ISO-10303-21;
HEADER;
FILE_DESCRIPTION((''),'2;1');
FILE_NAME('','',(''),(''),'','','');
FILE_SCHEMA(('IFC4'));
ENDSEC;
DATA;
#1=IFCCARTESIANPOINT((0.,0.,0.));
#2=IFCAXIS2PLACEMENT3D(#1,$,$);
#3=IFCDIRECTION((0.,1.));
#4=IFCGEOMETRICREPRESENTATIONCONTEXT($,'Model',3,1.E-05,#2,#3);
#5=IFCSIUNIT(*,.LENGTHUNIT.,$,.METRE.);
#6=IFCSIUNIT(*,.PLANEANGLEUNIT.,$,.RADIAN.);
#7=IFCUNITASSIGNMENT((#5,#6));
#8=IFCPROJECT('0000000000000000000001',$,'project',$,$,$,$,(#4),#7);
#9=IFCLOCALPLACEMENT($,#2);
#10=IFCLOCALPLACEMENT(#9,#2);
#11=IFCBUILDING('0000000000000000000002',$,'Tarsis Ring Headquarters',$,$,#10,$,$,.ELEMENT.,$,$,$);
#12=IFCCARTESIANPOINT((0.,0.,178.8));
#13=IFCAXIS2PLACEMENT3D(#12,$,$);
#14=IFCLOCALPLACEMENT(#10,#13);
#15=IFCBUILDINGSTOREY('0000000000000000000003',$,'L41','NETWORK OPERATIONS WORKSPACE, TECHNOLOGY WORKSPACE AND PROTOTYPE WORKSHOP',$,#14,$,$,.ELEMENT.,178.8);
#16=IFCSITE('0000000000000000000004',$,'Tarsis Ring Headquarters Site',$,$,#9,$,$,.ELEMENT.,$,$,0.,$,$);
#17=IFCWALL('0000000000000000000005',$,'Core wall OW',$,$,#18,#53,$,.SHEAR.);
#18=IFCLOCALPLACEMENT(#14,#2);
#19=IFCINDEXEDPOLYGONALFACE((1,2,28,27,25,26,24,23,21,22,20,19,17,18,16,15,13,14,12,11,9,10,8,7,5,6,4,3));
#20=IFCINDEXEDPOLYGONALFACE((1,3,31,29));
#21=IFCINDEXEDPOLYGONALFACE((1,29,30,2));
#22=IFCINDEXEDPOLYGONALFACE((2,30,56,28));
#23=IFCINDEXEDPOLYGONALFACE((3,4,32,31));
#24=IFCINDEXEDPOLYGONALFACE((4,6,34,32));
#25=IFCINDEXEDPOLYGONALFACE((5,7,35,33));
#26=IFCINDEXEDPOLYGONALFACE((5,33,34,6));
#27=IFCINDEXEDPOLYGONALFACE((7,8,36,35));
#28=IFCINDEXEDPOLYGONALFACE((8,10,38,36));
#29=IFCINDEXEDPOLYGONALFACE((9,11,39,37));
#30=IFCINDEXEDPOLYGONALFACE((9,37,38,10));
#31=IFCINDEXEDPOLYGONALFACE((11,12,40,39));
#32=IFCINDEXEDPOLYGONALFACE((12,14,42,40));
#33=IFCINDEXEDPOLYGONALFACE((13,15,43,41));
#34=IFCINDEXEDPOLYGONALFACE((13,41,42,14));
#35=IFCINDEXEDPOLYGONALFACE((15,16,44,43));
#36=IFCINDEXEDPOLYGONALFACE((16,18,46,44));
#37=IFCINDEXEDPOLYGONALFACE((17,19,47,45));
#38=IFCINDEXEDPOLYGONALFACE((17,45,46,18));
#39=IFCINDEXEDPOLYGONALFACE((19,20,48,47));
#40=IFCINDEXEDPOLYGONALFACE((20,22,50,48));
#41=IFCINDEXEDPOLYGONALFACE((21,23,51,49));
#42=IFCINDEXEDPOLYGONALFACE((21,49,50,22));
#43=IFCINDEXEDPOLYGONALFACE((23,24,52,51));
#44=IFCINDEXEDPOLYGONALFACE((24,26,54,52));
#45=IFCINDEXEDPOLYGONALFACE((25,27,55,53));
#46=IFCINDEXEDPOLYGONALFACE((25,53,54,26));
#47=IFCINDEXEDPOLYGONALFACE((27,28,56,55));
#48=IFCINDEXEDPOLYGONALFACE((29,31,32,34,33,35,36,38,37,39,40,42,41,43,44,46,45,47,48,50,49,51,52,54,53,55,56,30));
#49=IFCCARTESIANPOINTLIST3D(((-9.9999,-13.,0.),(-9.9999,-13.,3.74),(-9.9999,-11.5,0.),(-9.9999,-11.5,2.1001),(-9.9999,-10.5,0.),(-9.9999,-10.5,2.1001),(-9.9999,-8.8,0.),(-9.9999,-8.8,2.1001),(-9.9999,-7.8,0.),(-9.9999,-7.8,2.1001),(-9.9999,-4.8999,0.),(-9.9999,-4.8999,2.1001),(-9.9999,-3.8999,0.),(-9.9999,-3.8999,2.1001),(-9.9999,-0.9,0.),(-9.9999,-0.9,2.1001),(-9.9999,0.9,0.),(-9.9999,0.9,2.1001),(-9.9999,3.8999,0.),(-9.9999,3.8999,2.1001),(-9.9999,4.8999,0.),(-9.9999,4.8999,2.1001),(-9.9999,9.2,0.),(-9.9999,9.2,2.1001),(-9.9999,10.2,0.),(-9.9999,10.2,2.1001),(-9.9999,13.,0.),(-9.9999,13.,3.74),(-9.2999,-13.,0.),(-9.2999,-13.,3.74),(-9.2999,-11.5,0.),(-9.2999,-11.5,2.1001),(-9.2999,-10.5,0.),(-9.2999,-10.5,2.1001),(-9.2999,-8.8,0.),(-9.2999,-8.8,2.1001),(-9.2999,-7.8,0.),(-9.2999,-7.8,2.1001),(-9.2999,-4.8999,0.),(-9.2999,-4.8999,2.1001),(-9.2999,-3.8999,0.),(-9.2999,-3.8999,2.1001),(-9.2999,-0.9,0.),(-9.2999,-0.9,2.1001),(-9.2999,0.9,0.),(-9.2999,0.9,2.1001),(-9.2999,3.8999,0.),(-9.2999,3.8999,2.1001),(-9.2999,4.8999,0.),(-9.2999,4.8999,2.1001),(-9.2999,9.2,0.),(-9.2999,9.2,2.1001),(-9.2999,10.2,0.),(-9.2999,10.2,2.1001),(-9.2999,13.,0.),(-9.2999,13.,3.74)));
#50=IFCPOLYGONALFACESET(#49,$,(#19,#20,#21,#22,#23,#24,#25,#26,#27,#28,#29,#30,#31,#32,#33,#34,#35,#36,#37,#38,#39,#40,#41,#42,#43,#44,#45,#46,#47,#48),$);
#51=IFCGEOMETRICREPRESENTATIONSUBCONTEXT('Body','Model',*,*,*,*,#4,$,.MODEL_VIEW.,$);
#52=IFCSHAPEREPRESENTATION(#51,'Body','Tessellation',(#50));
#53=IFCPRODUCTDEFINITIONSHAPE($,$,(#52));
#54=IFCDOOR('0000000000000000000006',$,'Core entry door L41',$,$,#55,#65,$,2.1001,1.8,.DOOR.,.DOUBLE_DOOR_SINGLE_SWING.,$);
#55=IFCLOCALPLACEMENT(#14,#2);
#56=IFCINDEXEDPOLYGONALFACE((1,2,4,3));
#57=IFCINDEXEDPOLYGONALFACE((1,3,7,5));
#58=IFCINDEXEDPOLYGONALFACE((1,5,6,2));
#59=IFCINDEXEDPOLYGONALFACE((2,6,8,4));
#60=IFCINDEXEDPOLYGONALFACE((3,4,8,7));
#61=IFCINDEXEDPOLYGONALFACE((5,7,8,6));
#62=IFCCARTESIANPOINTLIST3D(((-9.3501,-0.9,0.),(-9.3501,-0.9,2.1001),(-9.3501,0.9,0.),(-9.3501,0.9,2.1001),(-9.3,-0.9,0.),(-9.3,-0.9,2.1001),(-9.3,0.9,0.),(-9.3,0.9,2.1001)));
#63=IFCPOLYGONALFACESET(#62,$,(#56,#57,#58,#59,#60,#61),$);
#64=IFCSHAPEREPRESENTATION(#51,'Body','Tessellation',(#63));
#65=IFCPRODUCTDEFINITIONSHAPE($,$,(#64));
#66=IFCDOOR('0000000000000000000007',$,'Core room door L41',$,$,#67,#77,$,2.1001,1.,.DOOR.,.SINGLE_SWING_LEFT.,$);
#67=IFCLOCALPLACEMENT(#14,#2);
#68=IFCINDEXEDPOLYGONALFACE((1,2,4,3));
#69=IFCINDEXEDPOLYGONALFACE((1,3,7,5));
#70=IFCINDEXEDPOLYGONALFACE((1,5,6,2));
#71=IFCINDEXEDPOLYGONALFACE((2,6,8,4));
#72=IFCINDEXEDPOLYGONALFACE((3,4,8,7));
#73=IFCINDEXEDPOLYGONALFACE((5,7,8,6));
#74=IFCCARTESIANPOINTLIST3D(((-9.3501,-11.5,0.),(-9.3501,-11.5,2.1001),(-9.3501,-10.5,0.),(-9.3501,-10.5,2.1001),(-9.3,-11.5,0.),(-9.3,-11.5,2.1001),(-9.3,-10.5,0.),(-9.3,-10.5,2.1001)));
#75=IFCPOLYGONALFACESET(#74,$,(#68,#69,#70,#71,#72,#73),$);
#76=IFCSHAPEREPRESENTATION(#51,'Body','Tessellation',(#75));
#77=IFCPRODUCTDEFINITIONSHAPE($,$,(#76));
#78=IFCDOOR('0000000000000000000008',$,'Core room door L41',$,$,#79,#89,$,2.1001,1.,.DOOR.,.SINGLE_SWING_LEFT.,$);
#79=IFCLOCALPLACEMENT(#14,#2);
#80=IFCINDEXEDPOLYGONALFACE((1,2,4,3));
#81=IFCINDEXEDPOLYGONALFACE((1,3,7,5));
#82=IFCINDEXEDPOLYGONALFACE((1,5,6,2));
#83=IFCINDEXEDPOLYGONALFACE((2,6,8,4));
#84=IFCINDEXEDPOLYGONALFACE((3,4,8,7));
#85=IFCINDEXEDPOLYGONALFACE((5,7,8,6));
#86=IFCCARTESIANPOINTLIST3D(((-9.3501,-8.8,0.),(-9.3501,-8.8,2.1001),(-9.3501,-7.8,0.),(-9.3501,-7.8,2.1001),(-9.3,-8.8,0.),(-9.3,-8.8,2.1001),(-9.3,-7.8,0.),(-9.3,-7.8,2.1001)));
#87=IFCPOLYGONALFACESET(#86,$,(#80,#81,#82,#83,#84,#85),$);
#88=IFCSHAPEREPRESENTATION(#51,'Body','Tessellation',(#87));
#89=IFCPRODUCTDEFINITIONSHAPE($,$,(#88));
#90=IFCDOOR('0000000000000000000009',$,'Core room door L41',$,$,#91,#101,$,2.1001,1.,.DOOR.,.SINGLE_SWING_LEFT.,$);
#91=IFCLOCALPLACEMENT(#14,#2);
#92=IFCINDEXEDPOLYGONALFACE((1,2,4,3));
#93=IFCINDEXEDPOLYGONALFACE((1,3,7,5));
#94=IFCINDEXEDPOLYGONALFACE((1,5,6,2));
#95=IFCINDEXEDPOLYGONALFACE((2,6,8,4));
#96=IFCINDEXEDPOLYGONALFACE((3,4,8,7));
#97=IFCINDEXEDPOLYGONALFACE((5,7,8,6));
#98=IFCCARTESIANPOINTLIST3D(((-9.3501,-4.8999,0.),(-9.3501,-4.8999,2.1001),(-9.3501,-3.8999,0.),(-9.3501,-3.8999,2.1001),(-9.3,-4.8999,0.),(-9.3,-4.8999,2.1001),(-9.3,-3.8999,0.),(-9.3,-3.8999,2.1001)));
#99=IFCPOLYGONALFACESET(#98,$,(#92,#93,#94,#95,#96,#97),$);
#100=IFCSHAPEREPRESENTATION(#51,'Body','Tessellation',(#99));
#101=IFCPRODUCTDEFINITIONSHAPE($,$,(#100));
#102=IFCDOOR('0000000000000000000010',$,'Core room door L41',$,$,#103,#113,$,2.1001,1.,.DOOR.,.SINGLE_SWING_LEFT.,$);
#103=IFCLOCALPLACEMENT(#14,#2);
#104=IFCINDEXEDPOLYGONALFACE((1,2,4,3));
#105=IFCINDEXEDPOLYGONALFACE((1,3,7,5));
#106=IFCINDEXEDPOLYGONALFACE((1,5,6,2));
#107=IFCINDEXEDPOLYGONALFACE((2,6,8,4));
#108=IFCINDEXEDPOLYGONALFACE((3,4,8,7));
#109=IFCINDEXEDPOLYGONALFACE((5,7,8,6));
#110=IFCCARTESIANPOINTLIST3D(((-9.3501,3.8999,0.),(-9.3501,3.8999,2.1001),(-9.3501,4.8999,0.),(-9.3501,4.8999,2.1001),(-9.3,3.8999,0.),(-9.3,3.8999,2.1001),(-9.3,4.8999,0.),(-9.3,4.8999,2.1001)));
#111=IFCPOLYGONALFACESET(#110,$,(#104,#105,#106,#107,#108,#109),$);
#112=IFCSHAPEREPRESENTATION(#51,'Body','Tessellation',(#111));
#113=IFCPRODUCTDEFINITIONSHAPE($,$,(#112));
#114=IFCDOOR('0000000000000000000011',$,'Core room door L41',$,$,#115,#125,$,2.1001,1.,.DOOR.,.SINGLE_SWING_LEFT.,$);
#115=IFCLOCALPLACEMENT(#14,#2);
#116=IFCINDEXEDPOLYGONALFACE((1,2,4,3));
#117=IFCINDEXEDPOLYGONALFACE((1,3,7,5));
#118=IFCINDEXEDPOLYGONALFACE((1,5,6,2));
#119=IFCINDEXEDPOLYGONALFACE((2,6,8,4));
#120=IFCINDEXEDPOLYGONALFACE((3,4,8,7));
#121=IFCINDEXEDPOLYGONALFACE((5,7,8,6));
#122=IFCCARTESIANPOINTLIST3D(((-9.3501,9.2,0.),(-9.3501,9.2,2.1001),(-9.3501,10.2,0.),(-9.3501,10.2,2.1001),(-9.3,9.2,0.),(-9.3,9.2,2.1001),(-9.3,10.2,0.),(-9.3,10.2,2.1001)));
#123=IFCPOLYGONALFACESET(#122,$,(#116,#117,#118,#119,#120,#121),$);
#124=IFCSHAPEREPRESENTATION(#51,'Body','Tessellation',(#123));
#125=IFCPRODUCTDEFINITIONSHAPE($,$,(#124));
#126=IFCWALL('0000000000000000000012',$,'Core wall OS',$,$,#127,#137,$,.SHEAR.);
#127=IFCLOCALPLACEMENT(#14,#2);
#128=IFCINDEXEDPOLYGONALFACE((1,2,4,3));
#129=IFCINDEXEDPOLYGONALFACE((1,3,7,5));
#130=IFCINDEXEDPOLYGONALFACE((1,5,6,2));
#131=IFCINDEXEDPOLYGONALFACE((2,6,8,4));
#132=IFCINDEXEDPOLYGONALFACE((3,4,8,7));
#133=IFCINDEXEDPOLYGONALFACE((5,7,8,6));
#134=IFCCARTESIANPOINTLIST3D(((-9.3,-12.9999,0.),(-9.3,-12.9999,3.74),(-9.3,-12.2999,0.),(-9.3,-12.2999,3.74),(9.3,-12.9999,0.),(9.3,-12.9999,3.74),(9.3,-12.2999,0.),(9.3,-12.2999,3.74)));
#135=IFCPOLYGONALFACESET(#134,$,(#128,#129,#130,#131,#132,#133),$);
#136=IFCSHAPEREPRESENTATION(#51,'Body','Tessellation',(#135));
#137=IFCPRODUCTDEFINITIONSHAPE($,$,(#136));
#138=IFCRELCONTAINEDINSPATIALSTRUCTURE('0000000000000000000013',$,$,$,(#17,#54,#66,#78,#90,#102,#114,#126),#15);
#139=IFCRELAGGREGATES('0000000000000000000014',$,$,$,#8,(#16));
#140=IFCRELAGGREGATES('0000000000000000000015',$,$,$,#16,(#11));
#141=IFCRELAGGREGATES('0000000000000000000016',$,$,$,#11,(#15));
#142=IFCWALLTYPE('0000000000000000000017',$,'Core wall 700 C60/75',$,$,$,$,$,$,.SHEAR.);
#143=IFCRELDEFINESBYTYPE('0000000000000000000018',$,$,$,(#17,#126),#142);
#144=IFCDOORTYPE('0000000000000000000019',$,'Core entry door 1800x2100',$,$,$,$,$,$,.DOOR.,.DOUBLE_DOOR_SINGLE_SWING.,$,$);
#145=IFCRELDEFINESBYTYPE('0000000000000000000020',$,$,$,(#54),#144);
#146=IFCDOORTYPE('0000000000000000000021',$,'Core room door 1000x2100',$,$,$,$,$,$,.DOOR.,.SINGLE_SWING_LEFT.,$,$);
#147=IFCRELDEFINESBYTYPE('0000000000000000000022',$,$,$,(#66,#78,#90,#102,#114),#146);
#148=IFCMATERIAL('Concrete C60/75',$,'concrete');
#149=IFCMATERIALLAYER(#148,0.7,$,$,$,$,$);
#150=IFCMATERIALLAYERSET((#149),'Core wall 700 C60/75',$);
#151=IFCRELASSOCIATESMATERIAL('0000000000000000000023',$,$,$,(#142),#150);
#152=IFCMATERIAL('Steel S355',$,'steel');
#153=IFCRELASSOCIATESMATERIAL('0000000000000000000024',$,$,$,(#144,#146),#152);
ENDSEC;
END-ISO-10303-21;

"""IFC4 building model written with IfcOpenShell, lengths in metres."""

from ifc_helpers import new_model, si_unit, direction, frame, frame_2d, origin, place, context, subcontext, project, spatial, rectangle, extrude, material, layer, layer_set, type_object, element, fill, save


model = new_model("IFC4")

# Units and contexts
model_context = context("Model", 3, precision=1e-05, world=origin(), true_north=direction((0.0, 1.0)))
body_context = subcontext(model_context, "Body", "Model", "MODEL_VIEW")
ifc_project = project(units=[si_unit("LENGTHUNIT", "METRE"), si_unit("PLANEANGLEUNIT", "RADIAN")], contexts=[model_context])

# Site, building, storey
site_placement = place(None, origin())
site = spatial("IfcSite", under=ifc_project, at=site_placement, Name="Tarsis Ring Headquarters Site", CompositionType="ELEMENT", RefElevation=0.0)
building_placement = place(site_placement, origin())
building = spatial("IfcBuilding", under=site, at=building_placement, Name="Tarsis Ring Headquarters", CompositionType="ELEMENT")
storey_placement = place(building_placement, frame((0.0, 0.0, 178.8)))
storey = spatial("IfcBuildingStorey", under=building, at=storey_placement, Name="L41", Description="NETWORK OPERATIONS WORKSPACE, TECHNOLOGY WORKSPACE AND PROTOTYPE WORKSHOP", CompositionType="ELEMENT", Elevation=178.8)

# Wall, openings, doors
ifc_material_1 = material(Name="Concrete C60/75", Category="concrete")
ifc_layer_1 = layer(ifc_material_1, 0.7)
ifc_layer_set_1 = layer_set([ifc_layer_1], Name="Core wall 700 C60/75")
wall_type_1 = type_object("IfcWallType", Name="Core wall 700 C60/75", PredefinedType="SHEAR", material=ifc_layer_set_1)
wall_1_placement = place(storey_placement, frame((-9.6499, -13.0, 0.0), z_axis=(0.0, 0.0, 1.0), x_axis=(0.0, 1.0, 0.0)))
wall_1 = element("IfcWall", 1, at=wall_1_placement, inside=storey, type_object=wall_type_1, Name="Core wall OW", PredefinedType="SHEAR", context=body_context, shape_type="SweptSolid", body=[
    extrude(rectangle(XDim=26.0, YDim=0.7, at=frame_2d((13.0, 0.0))), origin(), (0.0, 0.0, 1.0), 3.74),
])
opening_1_placement = place(wall_1_placement, frame((1.5, 0.0, 0.0)))
opening_1 = element("IfcOpeningElement", 2, at=opening_1_placement, cuts=wall_1, PredefinedType="OPENING", context=body_context, shape_type="SweptSolid", body=[
    extrude(rectangle(XDim=1.0, YDim=2.1001, at=frame_2d((0.5, 1.05))), frame((0.0, 0.3599, 0.0), z_axis=(0.0, -1.0, 0.0), x_axis=(1.0, 0.0, 0.0)), (0.0, 0.0, 1.0), 0.72),
])
opening_2_placement = place(wall_1_placement, frame((4.2, 0.0, 0.0)))
opening_2 = element("IfcOpeningElement", 3, at=opening_2_placement, cuts=wall_1, PredefinedType="OPENING", context=body_context, shape_type="SweptSolid", body=[
    extrude(rectangle(XDim=1.0, YDim=2.1001, at=frame_2d((0.5, 1.05))), frame((0.0, 0.3599, 0.0), z_axis=(0.0, -1.0, 0.0), x_axis=(1.0, 0.0, 0.0)), (0.0, 0.0, 1.0), 0.72),
])
opening_3_placement = place(wall_1_placement, frame((8.1001, 0.0, 0.0)))
opening_3 = element("IfcOpeningElement", 4, at=opening_3_placement, cuts=wall_1, PredefinedType="OPENING", context=body_context, shape_type="SweptSolid", body=[
    extrude(rectangle(XDim=1.0, YDim=2.1001, at=frame_2d((0.5, 1.05))), frame((0.0, 0.3599, 0.0), z_axis=(0.0, -1.0, 0.0), x_axis=(1.0, 0.0, 0.0)), (0.0, 0.0, 1.0), 0.72),
])
opening_4_placement = place(wall_1_placement, frame((12.1001, 0.0, 0.0)))
opening_4 = element("IfcOpeningElement", 5, at=opening_4_placement, cuts=wall_1, PredefinedType="OPENING", context=body_context, shape_type="SweptSolid", body=[
    extrude(rectangle(XDim=1.8, YDim=2.1001, at=frame_2d((0.8999, 1.05))), frame((0.0, 0.3599, 0.0), z_axis=(0.0, -1.0, 0.0), x_axis=(1.0, 0.0, 0.0)), (0.0, 0.0, 1.0), 0.72),
])
opening_5_placement = place(wall_1_placement, frame((16.8999, 0.0, 0.0)))
opening_5 = element("IfcOpeningElement", 6, at=opening_5_placement, cuts=wall_1, PredefinedType="OPENING", context=body_context, shape_type="SweptSolid", body=[
    extrude(rectangle(XDim=1.0, YDim=2.1001, at=frame_2d((0.5, 1.05))), frame((0.0, 0.3599, 0.0), z_axis=(0.0, -1.0, 0.0), x_axis=(1.0, 0.0, 0.0)), (0.0, 0.0, 1.0), 0.72),
])
opening_6_placement = place(wall_1_placement, frame((22.2, 0.0, 0.0)))
opening_6 = element("IfcOpeningElement", 7, at=opening_6_placement, cuts=wall_1, PredefinedType="OPENING", context=body_context, shape_type="SweptSolid", body=[
    extrude(rectangle(XDim=1.0, YDim=2.1001, at=frame_2d((0.5, 1.05))), frame((0.0, 0.3599, 0.0), z_axis=(0.0, -1.0, 0.0), x_axis=(1.0, 0.0, 0.0)), (0.0, 0.0, 1.0), 0.72),
])
ifc_material_2 = material(Name="Steel S355", Category="steel")
door_type_1 = type_object("IfcDoorType", Name="Core entry door 1800x2100", OperationType="DOUBLE_DOOR_SINGLE_SWING", PredefinedType="DOOR", material=ifc_material_2)
door_1_placement = place(opening_4_placement, origin())
door_1 = element("IfcDoor", 8, at=door_1_placement, inside=storey, type_object=door_type_1, Name="Core entry door L41", OperationType="DOUBLE_DOOR_SINGLE_SWING", OverallHeight=2.1001, OverallWidth=1.8, PredefinedType="DOOR", context=body_context, shape_type="SweptSolid", body=[
    extrude(rectangle(XDim=1.8, YDim=2.1001, at=frame_2d((0.8999, 1.05))), frame((0.0, -0.2998, 0.0), z_axis=(0.0, -1.0, 0.0), x_axis=(1.0, 0.0, 0.0)), (0.0, 0.0, 1.0), 0.05),
])
fill(opening_4, door_1)
door_type_2 = type_object("IfcDoorType", Name="Core room door 1000x2100", OperationType="SINGLE_SWING_LEFT", PredefinedType="DOOR", material=ifc_material_2)
door_2_placement = place(opening_1_placement, origin())
door_2 = element("IfcDoor", 9, at=door_2_placement, inside=storey, type_object=door_type_2, Name="Core room door L41", OperationType="SINGLE_SWING_LEFT", OverallHeight=2.1001, OverallWidth=1.0, PredefinedType="DOOR", context=body_context, shape_type="SweptSolid", body=[
    extrude(rectangle(XDim=1.0, YDim=2.1001, at=frame_2d((0.5, 1.05))), frame((0.0, -0.2998, 0.0), z_axis=(0.0, -1.0, 0.0), x_axis=(1.0, 0.0, 0.0)), (0.0, 0.0, 1.0), 0.05),
])
fill(opening_1, door_2)
door_3_placement = place(opening_2_placement, origin())
door_3 = element("IfcDoor", 10, at=door_3_placement, inside=storey, type_object=door_type_2, Name="Core room door L41", OperationType="SINGLE_SWING_LEFT", OverallHeight=2.1001, OverallWidth=1.0, PredefinedType="DOOR", context=body_context, shape_type="SweptSolid", body=[
    extrude(rectangle(XDim=1.0, YDim=2.1001, at=frame_2d((0.5, 1.05))), frame((0.0, -0.2998, 0.0), z_axis=(0.0, -1.0, 0.0), x_axis=(1.0, 0.0, 0.0)), (0.0, 0.0, 1.0), 0.05),
])
fill(opening_2, door_3)
door_4_placement = place(opening_3_placement, origin())
door_4 = element("IfcDoor", 11, at=door_4_placement, inside=storey, type_object=door_type_2, Name="Core room door L41", OperationType="SINGLE_SWING_LEFT", OverallHeight=2.1001, OverallWidth=1.0, PredefinedType="DOOR", context=body_context, shape_type="SweptSolid", body=[
    extrude(rectangle(XDim=1.0, YDim=2.1001, at=frame_2d((0.5, 1.05))), frame((0.0, -0.2998, 0.0), z_axis=(0.0, -1.0, 0.0), x_axis=(1.0, 0.0, 0.0)), (0.0, 0.0, 1.0), 0.05),
])
fill(opening_3, door_4)
door_5_placement = place(opening_5_placement, origin())
door_5 = element("IfcDoor", 12, at=door_5_placement, inside=storey, type_object=door_type_2, Name="Core room door L41", OperationType="SINGLE_SWING_LEFT", OverallHeight=2.1001, OverallWidth=1.0, PredefinedType="DOOR", context=body_context, shape_type="SweptSolid", body=[
    extrude(rectangle(XDim=1.0, YDim=2.1001, at=frame_2d((0.5, 1.05))), frame((0.0, -0.2998, 0.0), z_axis=(0.0, -1.0, 0.0), x_axis=(1.0, 0.0, 0.0)), (0.0, 0.0, 1.0), 0.05),
])
fill(opening_5, door_5)
door_6_placement = place(opening_6_placement, origin())
door_6 = element("IfcDoor", 13, at=door_6_placement, inside=storey, type_object=door_type_2, Name="Core room door L41", OperationType="SINGLE_SWING_LEFT", OverallHeight=2.1001, OverallWidth=1.0, PredefinedType="DOOR", context=body_context, shape_type="SweptSolid", body=[
    extrude(rectangle(XDim=1.0, YDim=2.1001, at=frame_2d((0.5, 1.05))), frame((0.0, -0.2998, 0.0), z_axis=(0.0, -1.0, 0.0), x_axis=(1.0, 0.0, 0.0)), (0.0, 0.0, 1.0), 0.05),
])
fill(opening_6, door_6)

# Wall
wall_2_placement = place(storey_placement, frame((-9.3, -12.6499, 0.0), z_axis=(0.0, 0.0, 1.0), x_axis=(1.0, 0.0, 0.0)))
element("IfcWall", 14, at=wall_2_placement, inside=storey, type_object=wall_type_1, Name="Core wall OS", PredefinedType="SHEAR", context=body_context, shape_type="SweptSolid", body=[
    extrude(rectangle(XDim=18.6001, YDim=0.7, at=frame_2d((9.3, 0.0))), origin(), (0.0, 0.0, 1.0), 3.74),
])

save(model, "model.ifc")
